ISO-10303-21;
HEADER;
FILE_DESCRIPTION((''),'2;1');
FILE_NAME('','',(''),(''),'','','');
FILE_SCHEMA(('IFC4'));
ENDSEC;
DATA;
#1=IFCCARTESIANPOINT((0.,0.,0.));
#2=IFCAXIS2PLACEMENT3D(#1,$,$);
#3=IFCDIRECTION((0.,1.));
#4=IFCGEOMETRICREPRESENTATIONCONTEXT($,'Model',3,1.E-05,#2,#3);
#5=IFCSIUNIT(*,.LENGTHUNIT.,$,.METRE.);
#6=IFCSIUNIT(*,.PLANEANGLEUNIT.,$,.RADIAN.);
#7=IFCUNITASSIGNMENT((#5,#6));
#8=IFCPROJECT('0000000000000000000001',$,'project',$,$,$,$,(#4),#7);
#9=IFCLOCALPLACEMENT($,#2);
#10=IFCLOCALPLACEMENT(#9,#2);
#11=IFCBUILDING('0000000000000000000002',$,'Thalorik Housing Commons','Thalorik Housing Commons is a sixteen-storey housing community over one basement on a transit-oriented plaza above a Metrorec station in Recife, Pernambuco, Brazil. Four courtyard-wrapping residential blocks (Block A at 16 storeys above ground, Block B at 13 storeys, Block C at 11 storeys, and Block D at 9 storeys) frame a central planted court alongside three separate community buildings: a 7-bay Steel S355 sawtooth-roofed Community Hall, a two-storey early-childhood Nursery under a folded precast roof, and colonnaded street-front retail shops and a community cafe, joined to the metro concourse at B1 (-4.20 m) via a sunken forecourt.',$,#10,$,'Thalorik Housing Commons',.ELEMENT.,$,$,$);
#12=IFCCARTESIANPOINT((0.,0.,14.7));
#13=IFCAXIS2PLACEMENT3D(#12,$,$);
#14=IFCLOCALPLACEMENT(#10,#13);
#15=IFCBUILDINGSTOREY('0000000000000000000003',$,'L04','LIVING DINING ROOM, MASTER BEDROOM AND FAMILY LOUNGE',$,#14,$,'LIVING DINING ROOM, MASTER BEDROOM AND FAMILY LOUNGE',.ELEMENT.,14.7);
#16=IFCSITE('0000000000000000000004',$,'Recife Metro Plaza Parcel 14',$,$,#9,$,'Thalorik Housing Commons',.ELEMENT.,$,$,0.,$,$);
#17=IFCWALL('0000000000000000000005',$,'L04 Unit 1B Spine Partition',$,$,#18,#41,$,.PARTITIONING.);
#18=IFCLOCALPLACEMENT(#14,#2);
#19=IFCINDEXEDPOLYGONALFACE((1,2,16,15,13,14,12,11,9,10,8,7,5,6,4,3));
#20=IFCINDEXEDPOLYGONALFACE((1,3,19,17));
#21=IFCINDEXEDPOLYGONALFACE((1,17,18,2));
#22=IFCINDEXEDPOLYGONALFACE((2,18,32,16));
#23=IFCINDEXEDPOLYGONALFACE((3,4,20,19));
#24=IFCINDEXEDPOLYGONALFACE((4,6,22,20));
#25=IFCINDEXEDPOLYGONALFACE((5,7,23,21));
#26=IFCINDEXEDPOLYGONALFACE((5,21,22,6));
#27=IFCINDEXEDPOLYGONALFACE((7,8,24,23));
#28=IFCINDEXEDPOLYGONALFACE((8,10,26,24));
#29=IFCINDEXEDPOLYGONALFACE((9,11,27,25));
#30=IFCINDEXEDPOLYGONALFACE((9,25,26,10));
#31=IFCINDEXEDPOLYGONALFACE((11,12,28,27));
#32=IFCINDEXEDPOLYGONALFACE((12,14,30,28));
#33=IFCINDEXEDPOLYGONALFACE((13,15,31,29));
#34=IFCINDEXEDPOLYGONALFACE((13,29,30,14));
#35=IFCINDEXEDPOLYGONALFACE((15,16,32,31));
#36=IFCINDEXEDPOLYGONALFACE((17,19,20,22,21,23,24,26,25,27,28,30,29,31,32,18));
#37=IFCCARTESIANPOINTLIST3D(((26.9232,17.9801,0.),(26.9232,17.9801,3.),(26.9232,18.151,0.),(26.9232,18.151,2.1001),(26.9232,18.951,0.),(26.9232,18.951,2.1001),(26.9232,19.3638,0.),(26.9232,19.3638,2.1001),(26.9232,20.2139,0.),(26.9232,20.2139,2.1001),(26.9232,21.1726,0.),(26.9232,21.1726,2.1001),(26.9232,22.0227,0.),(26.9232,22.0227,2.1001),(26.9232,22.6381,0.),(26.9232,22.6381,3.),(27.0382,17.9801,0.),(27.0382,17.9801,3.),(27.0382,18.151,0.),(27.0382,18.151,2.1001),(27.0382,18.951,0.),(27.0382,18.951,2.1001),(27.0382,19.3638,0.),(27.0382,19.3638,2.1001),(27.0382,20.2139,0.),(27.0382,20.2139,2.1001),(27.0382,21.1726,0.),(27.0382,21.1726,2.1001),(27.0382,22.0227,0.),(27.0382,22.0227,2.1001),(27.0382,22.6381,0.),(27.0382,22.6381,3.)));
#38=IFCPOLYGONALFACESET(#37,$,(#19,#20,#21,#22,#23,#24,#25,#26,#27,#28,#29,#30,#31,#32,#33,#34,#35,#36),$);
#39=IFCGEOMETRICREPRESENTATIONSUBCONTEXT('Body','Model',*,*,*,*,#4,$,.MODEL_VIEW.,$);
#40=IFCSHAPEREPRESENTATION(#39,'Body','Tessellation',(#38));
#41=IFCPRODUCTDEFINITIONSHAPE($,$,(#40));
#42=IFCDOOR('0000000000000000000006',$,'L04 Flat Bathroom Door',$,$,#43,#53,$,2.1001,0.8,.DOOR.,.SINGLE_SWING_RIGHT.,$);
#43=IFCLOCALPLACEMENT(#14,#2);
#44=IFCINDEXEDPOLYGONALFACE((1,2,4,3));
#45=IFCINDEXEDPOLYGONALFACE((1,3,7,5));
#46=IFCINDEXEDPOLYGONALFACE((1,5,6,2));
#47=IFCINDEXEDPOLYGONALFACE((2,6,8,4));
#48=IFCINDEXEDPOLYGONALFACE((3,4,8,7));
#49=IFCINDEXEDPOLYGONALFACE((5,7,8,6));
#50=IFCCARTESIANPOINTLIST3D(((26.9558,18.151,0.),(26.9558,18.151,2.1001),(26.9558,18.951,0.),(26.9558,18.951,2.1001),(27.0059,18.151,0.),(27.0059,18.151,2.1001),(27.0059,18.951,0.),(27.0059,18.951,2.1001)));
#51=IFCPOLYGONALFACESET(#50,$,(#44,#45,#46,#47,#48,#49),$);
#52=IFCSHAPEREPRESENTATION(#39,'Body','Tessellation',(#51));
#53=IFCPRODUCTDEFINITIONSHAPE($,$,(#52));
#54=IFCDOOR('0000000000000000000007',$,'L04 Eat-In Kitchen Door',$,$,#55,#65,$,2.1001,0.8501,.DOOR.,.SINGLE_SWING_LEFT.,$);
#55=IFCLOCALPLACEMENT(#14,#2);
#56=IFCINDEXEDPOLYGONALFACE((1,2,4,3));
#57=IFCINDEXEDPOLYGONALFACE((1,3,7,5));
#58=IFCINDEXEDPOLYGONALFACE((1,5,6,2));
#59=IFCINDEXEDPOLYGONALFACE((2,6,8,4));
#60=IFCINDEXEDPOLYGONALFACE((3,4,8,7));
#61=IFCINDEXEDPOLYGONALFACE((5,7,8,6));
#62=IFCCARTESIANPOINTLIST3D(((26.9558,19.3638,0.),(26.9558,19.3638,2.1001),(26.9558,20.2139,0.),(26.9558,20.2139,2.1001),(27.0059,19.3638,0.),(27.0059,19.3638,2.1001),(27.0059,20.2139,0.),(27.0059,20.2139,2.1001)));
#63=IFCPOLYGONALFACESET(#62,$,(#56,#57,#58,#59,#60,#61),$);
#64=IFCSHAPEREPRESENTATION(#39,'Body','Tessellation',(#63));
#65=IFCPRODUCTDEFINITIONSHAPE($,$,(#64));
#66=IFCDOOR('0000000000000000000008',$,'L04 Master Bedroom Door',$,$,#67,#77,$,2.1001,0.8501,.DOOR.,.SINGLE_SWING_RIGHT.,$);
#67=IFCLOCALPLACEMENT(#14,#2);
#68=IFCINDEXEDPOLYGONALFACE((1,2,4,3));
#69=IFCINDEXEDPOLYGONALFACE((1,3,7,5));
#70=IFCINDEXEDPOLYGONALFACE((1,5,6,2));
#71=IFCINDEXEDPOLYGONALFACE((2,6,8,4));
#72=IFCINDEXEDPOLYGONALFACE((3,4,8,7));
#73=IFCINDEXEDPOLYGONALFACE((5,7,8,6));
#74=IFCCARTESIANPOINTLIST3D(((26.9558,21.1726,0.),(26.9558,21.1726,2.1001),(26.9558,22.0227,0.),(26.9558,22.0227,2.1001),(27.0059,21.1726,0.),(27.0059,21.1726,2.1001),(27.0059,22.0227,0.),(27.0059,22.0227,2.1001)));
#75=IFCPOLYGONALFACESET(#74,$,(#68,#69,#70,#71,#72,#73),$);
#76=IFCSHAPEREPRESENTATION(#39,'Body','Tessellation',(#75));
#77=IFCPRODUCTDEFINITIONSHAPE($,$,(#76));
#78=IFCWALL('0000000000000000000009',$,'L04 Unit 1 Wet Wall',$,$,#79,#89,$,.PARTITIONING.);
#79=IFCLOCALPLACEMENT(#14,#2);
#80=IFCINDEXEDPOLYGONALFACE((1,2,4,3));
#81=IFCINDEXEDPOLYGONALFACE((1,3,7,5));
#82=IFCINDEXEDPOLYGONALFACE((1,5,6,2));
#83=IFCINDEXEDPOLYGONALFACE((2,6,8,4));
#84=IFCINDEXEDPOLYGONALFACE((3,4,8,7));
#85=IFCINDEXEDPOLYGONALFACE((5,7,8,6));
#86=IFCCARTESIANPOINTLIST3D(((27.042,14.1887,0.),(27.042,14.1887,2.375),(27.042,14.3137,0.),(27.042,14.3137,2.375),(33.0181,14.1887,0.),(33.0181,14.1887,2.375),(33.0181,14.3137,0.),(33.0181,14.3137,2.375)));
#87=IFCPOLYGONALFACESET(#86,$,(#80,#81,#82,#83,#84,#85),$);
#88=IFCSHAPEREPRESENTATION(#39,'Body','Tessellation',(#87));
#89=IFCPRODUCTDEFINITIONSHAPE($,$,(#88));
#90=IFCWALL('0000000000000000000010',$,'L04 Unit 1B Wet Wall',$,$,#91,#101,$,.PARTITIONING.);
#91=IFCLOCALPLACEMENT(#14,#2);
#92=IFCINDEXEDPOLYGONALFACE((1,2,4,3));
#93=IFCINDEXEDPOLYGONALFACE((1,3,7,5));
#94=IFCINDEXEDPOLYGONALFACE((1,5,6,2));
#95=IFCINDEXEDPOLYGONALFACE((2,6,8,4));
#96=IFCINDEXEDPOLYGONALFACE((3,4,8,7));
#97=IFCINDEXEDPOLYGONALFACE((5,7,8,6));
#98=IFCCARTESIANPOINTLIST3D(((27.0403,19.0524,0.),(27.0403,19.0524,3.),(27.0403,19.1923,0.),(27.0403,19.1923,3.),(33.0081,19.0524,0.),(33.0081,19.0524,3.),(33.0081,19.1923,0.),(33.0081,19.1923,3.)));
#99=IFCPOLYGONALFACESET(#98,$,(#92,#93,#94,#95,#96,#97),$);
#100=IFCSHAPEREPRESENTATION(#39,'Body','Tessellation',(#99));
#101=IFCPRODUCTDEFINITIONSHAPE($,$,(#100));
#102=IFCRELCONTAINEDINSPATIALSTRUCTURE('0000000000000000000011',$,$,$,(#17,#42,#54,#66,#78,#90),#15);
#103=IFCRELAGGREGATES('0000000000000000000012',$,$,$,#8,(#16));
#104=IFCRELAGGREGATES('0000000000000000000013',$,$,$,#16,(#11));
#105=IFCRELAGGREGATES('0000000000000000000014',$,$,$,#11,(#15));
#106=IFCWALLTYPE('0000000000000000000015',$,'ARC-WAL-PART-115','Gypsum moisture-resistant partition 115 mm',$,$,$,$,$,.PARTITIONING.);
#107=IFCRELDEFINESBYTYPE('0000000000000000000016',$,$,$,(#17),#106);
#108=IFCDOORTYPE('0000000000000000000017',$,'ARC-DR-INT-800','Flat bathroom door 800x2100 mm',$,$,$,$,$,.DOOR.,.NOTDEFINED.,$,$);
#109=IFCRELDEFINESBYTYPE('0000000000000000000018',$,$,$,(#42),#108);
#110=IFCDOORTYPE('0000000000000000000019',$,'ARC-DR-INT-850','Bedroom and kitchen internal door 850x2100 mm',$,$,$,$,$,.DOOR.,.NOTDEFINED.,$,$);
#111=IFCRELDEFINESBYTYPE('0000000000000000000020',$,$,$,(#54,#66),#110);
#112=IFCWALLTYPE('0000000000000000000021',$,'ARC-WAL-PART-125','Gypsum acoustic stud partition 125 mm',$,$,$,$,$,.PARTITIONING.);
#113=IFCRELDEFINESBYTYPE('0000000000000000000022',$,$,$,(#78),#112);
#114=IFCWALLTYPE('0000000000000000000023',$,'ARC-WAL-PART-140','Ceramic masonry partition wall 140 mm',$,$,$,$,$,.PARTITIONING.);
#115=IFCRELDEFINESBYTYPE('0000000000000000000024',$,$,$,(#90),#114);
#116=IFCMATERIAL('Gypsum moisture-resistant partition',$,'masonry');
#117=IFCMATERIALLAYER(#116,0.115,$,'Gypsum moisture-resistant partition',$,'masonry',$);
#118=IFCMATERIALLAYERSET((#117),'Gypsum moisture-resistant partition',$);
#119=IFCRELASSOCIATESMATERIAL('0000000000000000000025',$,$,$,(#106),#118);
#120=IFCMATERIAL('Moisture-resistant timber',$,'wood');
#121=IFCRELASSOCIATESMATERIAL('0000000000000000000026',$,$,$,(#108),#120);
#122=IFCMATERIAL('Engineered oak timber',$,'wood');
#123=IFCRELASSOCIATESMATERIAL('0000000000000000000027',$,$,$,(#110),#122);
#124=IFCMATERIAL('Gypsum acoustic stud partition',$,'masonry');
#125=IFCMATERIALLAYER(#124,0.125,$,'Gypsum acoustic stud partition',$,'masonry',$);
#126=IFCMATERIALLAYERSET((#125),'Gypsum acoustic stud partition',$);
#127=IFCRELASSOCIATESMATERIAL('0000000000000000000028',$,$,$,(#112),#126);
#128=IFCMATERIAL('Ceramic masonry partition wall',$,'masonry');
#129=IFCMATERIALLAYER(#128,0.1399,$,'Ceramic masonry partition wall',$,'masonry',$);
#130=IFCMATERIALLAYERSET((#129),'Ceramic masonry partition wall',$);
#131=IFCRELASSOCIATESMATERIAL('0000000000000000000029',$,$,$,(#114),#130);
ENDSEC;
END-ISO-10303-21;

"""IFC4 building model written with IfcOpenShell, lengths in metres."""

from ifc_helpers import new_model, si_unit, direction, frame, frame_2d, origin, place, context, subcontext, project, spatial, rectangle, extrude, material, layer, layer_set, type_object, element, fill, save


model = new_model("IFC4")

# Units and contexts
model_context = context("Model", 3, precision=1e-05, world=origin(), true_north=direction((0.0, 1.0)))
body_context = subcontext(model_context, "Body", "Model", "MODEL_VIEW")
ifc_project = project(units=[si_unit("LENGTHUNIT", "METRE"), si_unit("PLANEANGLEUNIT", "RADIAN")], contexts=[model_context])

# Site, building, storey
site_placement = place(None, origin())
site = spatial("IfcSite", under=ifc_project, at=site_placement, Name="Recife Metro Plaza Parcel 14", LongName="Thalorik Housing Commons", CompositionType="ELEMENT", RefElevation=0.0)
building_placement = place(site_placement, origin())
building = spatial("IfcBuilding", under=site, at=building_placement, Name="Thalorik Housing Commons", Description="Thalorik Housing Commons is a sixteen-storey housing community over one basement on a transit-oriented plaza above a Metrorec station in Recife, Pernambuco, Brazil. Four courtyard-wrapping residential blocks (Block A at 16 storeys above ground, Block B at 13 storeys, Block C at 11 storeys, and Block D at 9 storeys) frame a central planted court alongside three separate community buildings: a 7-bay Steel S355 sawtooth-roofed Community Hall, a two-storey early-childhood Nursery under a folded precast roof, and colonnaded street-front retail shops and a community cafe, joined to the metro concourse at B1 (-4.20 m) via a sunken forecourt.", LongName="Thalorik Housing Commons", CompositionType="ELEMENT")
storey_placement = place(building_placement, frame((0.0, 0.0, 14.7)))
storey = spatial("IfcBuildingStorey", under=building, at=storey_placement, Name="L04", Description="LIVING DINING ROOM, MASTER BEDROOM AND FAMILY LOUNGE", LongName="LIVING DINING ROOM, MASTER BEDROOM AND FAMILY LOUNGE", CompositionType="ELEMENT", Elevation=14.7)

# Wall, openings, doors
ifc_material_1 = material(Name="Gypsum moisture-resistant partition", Category="masonry")
ifc_layer_1 = layer(ifc_material_1, 0.115, Name="Gypsum moisture-resistant partition", Category="masonry")
ifc_layer_set_1 = layer_set([ifc_layer_1], Name="Gypsum moisture-resistant partition")
wall_type_1 = type_object("IfcWallType", Name="ARC-WAL-PART-115", Description="Gypsum moisture-resistant partition 115 mm", PredefinedType="PARTITIONING", material=ifc_layer_set_1)
wall_1_placement = place(storey_placement, frame((26.9807, 17.98, 0.0), z_axis=(0.0, 0.0, 1.0), x_axis=(0.0, 1.0, 0.0)))
wall_1 = element("IfcWall", 1, at=wall_1_placement, inside=storey, type_object=wall_type_1, Name="L04 Unit 1B Spine Partition", PredefinedType="PARTITIONING", context=body_context, shape_type="SweptSolid", body=[
    extrude(rectangle(XDim=4.658, YDim=0.115, at=frame_2d((2.3291, 0.0))), origin(), (0.0, 0.0, 1.0), 3.0),
])
opening_1_placement = place(wall_1_placement, frame((0.1711, 0.0, 0.0)))
opening_1 = element("IfcOpeningElement", 2, at=opening_1_placement, cuts=wall_1, PredefinedType="OPENING", context=body_context, shape_type="SweptSolid", body=[
    extrude(rectangle(XDim=0.8, YDim=2.1001, at=frame_2d((0.3999, 1.05))), frame((0.0, 0.0674, 0.0), z_axis=(0.0, -1.0, 0.0), x_axis=(1.0, 0.0, 0.0)), (0.0, 0.0, 1.0), 0.135),
])
opening_2_placement = place(wall_1_placement, frame((1.3838, 0.0, 0.0)))
opening_2 = element("IfcOpeningElement", 3, at=opening_2_placement, cuts=wall_1, PredefinedType="OPENING", context=body_context, shape_type="SweptSolid", body=[
    extrude(rectangle(XDim=0.8501, YDim=2.1001, at=frame_2d((0.425, 1.05))), frame((0.0, 0.0674, 0.0), z_axis=(0.0, -1.0, 0.0), x_axis=(1.0, 0.0, 0.0)), (0.0, 0.0, 1.0), 0.135),
])
opening_3_placement = place(wall_1_placement, frame((3.1926, 0.0, 0.0)))
opening_3 = element("IfcOpeningElement", 4, at=opening_3_placement, cuts=wall_1, PredefinedType="OPENING", context=body_context, shape_type="SweptSolid", body=[
    extrude(rectangle(XDim=0.8501, YDim=2.1001, at=frame_2d((0.425, 1.05))), frame((0.0, 0.0674, 0.0), z_axis=(0.0, -1.0, 0.0), x_axis=(1.0, 0.0, 0.0)), (0.0, 0.0, 1.0), 0.135),
])
ifc_material_2 = material(Name="Moisture-resistant timber", Category="wood")
door_type_1 = type_object("IfcDoorType", Name="ARC-DR-INT-800", Description="Flat bathroom door 800x2100 mm", OperationType="NOTDEFINED", PredefinedType="DOOR", material=ifc_material_2)
door_1_placement = place(opening_1_placement, origin())
door_1 = element("IfcDoor", 5, at=door_1_placement, inside=storey, type_object=door_type_1, Name="L04 Flat Bathroom Door", OperationType="SINGLE_SWING_RIGHT", OverallHeight=2.1001, OverallWidth=0.8, PredefinedType="DOOR", context=body_context, shape_type="SweptSolid", body=[
    extrude(rectangle(XDim=0.8, YDim=2.1001, at=frame_2d((0.3999, 1.05))), frame((0.0, 0.0249, 0.0), z_axis=(0.0, -1.0, 0.0), x_axis=(1.0, 0.0, 0.0)), (0.0, 0.0, 1.0), 0.05),
])
fill(opening_1, door_1)
ifc_material_3 = material(Name="Engineered oak timber", Category="wood")
door_type_2 = type_object("IfcDoorType", Name="ARC-DR-INT-850", Description="Bedroom and kitchen internal door 850x2100 mm", OperationType="NOTDEFINED", PredefinedType="DOOR", material=ifc_material_3)
door_2_placement = place(opening_2_placement, origin())
door_2 = element("IfcDoor", 6, at=door_2_placement, inside=storey, type_object=door_type_2, Name="L04 Eat-In Kitchen Door", OperationType="SINGLE_SWING_LEFT", OverallHeight=2.1001, OverallWidth=0.8501, PredefinedType="DOOR", context=body_context, shape_type="SweptSolid", body=[
    extrude(rectangle(XDim=0.8501, YDim=2.1001, at=frame_2d((0.425, 1.05))), frame((0.0, 0.0249, 0.0), z_axis=(0.0, -1.0, 0.0), x_axis=(1.0, 0.0, 0.0)), (0.0, 0.0, 1.0), 0.05),
])
fill(opening_2, door_2)
door_3_placement = place(opening_3_placement, origin())
door_3 = element("IfcDoor", 7, at=door_3_placement, inside=storey, type_object=door_type_2, Name="L04 Master Bedroom Door", OperationType="SINGLE_SWING_RIGHT", OverallHeight=2.1001, OverallWidth=0.8501, PredefinedType="DOOR", context=body_context, shape_type="SweptSolid", body=[
    extrude(rectangle(XDim=0.8501, YDim=2.1001, at=frame_2d((0.425, 1.05))), frame((0.0, 0.0249, 0.0), z_axis=(0.0, -1.0, 0.0), x_axis=(1.0, 0.0, 0.0)), (0.0, 0.0, 1.0), 0.05),
])
fill(opening_3, door_3)

# Walls
ifc_material_4 = material(Name="Gypsum acoustic stud partition", Category="masonry")
ifc_layer_2 = layer(ifc_material_4, 0.125, Name="Gypsum acoustic stud partition", Category="masonry")
ifc_layer_set_2 = layer_set([ifc_layer_2], Name="Gypsum acoustic stud partition")
wall_type_2 = type_object("IfcWallType", Name="ARC-WAL-PART-125", Description="Gypsum acoustic stud partition 125 mm", PredefinedType="PARTITIONING", material=ifc_layer_set_2)
wall_2_placement = place(storey_placement, frame((27.042, 14.2512, 0.0), z_axis=(0.0, 0.0, 1.0), x_axis=(1.0, 0.0, 0.0)))
element("IfcWall", 8, at=wall_2_placement, inside=storey, type_object=wall_type_2, Name="L04 Unit 1 Wet Wall", PredefinedType="PARTITIONING", context=body_context, shape_type="SweptSolid", body=[
    extrude(rectangle(XDim=5.9761, YDim=0.125, at=frame_2d((2.988, 0.0))), origin(), (0.0, 0.0, 1.0), 2.375),
])
ifc_material_5 = material(Name="Ceramic masonry partition wall", Category="masonry")
ifc_layer_3 = layer(ifc_material_5, 0.1399, Name="Ceramic masonry partition wall", Category="masonry")
ifc_layer_set_3 = layer_set([ifc_layer_3], Name="Ceramic masonry partition wall")
wall_type_3 = type_object("IfcWallType", Name="ARC-WAL-PART-140", Description="Ceramic masonry partition wall 140 mm", PredefinedType="PARTITIONING", material=ifc_layer_set_3)
wall_3_placement = place(storey_placement, frame((27.0403, 19.1223, 0.0), z_axis=(0.0, 0.0, 1.0), x_axis=(1.0, 0.0, 0.0)))
element("IfcWall", 9, at=wall_3_placement, inside=storey, type_object=wall_type_3, Name="L04 Unit 1B Wet Wall", PredefinedType="PARTITIONING", context=body_context, shape_type="SweptSolid", body=[
    extrude(rectangle(XDim=5.9678, YDim=0.1399, at=frame_2d((2.9839, 0.0))), origin(), (0.0, 0.0, 1.0), 3.0),
])

save(model, "model.ifc")
